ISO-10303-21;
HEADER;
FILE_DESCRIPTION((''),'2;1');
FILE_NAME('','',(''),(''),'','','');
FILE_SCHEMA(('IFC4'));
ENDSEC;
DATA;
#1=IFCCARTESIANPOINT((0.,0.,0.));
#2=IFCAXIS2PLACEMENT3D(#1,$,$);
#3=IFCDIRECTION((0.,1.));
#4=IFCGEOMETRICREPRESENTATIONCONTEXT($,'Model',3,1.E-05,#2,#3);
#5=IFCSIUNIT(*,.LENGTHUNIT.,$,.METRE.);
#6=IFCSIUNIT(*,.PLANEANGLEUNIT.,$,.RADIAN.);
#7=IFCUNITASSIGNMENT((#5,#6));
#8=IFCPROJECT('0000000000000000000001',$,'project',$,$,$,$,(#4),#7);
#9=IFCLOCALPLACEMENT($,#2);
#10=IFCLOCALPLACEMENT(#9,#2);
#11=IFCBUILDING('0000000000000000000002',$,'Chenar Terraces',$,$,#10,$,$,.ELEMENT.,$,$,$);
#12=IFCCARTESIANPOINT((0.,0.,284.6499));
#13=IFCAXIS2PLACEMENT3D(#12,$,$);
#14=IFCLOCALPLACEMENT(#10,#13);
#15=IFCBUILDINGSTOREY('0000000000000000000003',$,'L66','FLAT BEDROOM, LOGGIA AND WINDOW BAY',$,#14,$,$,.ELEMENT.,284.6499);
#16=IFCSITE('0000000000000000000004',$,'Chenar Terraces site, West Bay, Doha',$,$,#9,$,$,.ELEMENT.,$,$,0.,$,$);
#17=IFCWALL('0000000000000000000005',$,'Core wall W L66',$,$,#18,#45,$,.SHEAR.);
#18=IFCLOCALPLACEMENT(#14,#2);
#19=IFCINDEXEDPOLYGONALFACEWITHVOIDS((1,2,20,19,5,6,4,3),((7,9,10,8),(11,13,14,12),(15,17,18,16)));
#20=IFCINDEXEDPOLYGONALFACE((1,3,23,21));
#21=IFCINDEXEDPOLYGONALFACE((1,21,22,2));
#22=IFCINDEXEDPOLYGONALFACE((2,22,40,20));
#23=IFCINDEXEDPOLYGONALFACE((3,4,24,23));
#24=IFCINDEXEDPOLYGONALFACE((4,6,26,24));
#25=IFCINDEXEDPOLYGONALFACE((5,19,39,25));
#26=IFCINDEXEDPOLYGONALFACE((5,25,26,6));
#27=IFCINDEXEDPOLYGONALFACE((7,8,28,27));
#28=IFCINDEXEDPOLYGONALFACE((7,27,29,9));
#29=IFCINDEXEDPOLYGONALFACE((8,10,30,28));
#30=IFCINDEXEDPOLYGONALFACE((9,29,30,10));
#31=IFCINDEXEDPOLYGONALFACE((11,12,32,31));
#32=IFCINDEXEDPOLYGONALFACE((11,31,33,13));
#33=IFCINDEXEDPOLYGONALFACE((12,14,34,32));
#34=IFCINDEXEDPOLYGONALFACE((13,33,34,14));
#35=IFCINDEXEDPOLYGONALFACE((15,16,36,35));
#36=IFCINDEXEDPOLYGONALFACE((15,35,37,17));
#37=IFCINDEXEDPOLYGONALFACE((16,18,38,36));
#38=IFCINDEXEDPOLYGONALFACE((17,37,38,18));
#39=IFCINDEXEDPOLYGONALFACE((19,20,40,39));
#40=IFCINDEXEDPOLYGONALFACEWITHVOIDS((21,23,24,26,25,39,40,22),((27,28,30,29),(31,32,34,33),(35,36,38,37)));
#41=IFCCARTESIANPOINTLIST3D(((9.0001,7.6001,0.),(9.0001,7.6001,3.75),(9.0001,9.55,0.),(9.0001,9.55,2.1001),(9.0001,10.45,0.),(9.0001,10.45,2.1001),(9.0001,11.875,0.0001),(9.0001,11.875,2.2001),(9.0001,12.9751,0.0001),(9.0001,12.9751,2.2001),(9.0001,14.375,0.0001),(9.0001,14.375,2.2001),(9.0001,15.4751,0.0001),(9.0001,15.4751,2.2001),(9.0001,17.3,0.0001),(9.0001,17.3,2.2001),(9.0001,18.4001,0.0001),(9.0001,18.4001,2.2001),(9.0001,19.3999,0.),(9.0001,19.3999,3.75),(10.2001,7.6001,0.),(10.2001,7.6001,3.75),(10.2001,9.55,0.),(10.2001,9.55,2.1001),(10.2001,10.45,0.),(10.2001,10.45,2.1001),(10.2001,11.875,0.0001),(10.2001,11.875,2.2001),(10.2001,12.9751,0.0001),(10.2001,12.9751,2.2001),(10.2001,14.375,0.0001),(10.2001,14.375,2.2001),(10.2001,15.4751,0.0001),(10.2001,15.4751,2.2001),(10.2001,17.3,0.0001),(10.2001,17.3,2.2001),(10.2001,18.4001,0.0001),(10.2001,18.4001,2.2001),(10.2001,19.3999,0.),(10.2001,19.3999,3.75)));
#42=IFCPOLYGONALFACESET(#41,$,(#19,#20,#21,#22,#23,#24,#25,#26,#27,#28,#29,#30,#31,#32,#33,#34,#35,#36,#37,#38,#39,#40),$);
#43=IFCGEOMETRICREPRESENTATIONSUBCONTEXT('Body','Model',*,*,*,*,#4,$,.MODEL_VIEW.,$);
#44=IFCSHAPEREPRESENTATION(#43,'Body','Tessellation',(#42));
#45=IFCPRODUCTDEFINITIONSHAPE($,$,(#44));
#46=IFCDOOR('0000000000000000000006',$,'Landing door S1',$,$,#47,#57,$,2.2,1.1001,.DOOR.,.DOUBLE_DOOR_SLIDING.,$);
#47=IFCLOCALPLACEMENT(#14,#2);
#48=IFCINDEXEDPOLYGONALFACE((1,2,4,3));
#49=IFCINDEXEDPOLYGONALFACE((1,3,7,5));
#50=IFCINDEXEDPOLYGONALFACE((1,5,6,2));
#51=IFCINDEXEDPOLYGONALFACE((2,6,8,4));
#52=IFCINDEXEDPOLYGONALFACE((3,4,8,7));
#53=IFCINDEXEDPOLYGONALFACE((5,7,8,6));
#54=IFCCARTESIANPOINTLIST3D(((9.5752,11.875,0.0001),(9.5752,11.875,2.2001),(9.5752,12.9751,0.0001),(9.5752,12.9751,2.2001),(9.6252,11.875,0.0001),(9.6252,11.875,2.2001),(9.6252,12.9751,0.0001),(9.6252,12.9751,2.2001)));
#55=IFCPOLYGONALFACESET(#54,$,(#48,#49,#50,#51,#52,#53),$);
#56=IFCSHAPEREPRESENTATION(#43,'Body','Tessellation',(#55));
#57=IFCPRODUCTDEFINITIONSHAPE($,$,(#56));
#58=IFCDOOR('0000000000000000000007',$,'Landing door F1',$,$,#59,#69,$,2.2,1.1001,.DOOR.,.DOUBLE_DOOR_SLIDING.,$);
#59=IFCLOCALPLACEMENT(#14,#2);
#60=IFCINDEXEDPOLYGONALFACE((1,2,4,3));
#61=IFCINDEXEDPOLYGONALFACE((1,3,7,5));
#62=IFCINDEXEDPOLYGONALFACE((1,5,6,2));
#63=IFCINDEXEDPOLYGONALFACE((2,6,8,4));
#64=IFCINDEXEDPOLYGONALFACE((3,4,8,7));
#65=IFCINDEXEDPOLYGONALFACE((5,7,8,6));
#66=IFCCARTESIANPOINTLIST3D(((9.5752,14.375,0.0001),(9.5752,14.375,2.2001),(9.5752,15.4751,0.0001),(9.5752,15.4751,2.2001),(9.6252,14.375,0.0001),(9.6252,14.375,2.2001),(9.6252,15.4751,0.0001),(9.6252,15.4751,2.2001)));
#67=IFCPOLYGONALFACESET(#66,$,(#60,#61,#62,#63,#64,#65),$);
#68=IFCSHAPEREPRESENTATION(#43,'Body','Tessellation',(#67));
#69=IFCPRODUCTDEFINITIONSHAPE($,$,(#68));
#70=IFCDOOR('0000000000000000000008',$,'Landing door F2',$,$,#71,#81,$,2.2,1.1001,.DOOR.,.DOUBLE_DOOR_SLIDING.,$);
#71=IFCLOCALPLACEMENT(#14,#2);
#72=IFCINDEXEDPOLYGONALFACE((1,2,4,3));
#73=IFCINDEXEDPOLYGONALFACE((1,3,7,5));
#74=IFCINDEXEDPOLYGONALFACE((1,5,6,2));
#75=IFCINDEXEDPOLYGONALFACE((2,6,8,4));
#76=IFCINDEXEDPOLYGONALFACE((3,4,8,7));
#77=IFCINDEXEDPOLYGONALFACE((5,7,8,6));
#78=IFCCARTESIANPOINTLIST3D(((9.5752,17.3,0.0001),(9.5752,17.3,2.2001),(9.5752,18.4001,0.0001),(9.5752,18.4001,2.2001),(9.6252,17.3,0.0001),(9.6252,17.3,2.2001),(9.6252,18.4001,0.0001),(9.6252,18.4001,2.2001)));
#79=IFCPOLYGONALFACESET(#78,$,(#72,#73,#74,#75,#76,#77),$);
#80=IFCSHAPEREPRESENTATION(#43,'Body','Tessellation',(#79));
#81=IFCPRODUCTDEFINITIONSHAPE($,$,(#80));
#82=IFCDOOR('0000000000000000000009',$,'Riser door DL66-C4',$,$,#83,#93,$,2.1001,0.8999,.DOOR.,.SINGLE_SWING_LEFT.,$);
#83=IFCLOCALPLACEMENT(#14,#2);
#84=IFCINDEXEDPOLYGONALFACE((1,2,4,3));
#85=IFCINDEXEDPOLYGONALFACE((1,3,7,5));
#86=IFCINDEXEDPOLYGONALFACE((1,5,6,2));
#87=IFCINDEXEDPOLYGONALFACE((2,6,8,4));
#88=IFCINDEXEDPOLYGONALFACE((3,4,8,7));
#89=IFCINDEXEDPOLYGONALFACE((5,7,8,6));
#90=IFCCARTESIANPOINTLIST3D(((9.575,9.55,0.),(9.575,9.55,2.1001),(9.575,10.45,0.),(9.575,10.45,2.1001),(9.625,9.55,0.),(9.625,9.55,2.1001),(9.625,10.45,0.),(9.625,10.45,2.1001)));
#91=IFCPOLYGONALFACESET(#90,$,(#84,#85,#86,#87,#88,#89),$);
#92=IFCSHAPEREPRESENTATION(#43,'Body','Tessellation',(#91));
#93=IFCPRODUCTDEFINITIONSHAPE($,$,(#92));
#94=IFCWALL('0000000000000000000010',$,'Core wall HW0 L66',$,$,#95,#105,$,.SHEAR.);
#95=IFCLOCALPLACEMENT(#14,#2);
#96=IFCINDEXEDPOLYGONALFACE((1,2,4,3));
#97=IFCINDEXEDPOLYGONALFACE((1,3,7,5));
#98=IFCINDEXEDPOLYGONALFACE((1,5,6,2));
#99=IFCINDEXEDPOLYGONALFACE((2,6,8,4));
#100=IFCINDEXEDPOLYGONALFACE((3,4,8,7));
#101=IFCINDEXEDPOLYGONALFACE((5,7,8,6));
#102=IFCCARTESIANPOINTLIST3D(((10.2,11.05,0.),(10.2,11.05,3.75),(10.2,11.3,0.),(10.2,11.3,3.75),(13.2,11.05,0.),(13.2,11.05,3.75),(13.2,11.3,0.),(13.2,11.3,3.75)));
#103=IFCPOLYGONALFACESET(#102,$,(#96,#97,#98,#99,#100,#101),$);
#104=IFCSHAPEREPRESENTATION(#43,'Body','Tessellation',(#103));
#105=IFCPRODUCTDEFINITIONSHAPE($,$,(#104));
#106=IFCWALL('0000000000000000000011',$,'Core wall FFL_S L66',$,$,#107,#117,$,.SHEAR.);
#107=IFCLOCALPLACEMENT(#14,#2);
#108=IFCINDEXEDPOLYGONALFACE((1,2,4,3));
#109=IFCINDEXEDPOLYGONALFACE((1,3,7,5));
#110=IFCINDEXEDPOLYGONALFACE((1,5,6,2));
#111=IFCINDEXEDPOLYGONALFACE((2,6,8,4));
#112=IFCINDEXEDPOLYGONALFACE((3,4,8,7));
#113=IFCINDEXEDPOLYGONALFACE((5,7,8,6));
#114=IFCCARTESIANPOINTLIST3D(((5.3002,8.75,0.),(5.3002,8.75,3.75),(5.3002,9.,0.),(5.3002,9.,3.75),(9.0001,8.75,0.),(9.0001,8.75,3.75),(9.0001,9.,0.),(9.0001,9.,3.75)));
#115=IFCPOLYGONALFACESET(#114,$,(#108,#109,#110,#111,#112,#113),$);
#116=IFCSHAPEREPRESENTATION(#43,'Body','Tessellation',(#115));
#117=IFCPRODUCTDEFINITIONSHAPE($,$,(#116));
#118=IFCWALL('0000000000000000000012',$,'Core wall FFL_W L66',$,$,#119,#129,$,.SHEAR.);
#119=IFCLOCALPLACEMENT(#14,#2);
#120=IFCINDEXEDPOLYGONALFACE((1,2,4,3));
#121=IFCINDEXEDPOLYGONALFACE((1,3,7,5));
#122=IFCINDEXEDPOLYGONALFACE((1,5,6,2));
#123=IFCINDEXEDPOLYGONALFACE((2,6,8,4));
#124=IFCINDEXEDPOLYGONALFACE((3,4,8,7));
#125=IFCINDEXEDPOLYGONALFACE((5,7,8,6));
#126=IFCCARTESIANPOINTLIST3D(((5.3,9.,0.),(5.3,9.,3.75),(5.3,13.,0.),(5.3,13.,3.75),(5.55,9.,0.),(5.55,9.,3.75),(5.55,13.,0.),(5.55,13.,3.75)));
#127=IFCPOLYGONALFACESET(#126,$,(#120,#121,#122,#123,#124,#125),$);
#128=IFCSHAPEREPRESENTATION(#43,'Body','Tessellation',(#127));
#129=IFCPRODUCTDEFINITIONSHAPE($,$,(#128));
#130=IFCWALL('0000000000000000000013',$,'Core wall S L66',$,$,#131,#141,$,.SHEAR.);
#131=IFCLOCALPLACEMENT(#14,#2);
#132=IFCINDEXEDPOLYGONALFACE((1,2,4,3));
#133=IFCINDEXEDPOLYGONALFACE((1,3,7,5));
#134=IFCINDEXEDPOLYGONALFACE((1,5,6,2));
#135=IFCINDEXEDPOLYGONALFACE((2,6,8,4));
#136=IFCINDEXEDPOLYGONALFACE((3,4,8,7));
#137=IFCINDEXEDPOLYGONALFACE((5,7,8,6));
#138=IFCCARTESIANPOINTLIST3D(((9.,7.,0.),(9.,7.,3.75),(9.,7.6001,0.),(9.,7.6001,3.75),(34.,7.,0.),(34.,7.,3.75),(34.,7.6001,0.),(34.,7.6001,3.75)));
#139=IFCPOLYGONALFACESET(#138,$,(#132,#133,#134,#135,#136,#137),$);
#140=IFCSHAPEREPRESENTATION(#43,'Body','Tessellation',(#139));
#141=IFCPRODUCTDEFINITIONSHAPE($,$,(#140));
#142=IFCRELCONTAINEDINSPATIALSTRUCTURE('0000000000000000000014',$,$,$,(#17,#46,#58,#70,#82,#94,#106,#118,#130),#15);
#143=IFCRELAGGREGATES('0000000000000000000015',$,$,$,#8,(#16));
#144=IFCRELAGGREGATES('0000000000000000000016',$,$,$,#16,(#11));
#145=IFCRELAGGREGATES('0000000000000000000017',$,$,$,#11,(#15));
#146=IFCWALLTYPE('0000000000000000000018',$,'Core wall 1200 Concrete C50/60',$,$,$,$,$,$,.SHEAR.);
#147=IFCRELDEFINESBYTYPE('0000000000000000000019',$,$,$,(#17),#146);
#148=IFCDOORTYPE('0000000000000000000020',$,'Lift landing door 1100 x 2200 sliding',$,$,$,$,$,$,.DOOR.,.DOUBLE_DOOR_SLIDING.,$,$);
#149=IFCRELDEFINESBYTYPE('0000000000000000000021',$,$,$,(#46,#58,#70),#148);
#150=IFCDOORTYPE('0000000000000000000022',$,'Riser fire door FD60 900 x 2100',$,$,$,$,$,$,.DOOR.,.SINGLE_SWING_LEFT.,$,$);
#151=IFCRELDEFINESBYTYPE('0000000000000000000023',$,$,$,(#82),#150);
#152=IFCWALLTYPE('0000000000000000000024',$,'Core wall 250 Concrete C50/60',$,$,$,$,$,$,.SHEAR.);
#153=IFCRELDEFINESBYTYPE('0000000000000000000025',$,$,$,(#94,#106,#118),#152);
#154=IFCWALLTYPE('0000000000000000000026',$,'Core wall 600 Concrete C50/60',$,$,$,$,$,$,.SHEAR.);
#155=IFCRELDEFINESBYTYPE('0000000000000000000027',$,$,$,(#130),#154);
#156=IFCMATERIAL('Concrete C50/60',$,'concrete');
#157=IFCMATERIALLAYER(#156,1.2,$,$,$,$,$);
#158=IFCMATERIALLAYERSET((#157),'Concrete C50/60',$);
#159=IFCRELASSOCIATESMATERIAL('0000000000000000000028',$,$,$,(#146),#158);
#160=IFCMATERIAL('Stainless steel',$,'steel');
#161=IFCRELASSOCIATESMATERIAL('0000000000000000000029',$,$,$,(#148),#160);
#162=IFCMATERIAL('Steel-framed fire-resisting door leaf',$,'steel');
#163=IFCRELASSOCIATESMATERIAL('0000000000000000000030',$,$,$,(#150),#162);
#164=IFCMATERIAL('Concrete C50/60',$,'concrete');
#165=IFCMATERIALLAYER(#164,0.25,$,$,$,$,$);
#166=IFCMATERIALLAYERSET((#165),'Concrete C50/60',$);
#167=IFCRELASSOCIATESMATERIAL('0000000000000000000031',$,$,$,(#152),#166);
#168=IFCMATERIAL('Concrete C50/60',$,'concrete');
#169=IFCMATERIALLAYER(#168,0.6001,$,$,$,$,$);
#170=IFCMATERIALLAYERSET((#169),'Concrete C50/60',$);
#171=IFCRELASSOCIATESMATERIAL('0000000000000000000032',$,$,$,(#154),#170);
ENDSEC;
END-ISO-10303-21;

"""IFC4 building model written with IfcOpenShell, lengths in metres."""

from ifc_helpers import new_model, si_unit, direction, frame, frame_2d, origin, place, context, subcontext, project, spatial, rectangle, extrude, material, layer, layer_set, type_object, element, fill, save


model = new_model("IFC4")

# Units and contexts
model_context = context("Model", 3, precision=1e-05, world=origin(), true_north=direction((0.0, 1.0)))
body_context = subcontext(model_context, "Body", "Model", "MODEL_VIEW")
ifc_project = project(units=[si_unit("LENGTHUNIT", "METRE"), si_unit("PLANEANGLEUNIT", "RADIAN")], contexts=[model_context])

# Site, building, storey
site_placement = place(None, origin())
site = spatial("IfcSite", under=ifc_project, at=site_placement, Name="Chenar Terraces site, West Bay, Doha", CompositionType="ELEMENT", RefElevation=0.0)
building_placement = place(site_placement, origin())
building = spatial("IfcBuilding", under=site, at=building_placement, Name="Chenar Terraces", CompositionType="ELEMENT")
storey_placement = place(building_placement, frame((0.0, 0.0, 284.6499)))
storey = spatial("IfcBuildingStorey", under=building, at=storey_placement, Name="L66", Description="FLAT BEDROOM, LOGGIA AND WINDOW BAY", CompositionType="ELEMENT", Elevation=284.6499)

# Wall, openings, doors
ifc_material_1 = material(Name="Concrete C50/60", Category="concrete")
ifc_layer_1 = layer(ifc_material_1, 1.2)
ifc_layer_set_1 = layer_set([ifc_layer_1], Name="Concrete C50/60")
wall_type_1 = type_object("IfcWallType", Name="Core wall 1200 Concrete C50/60", PredefinedType="SHEAR", material=ifc_layer_set_1)
wall_1_placement = place(storey_placement, frame((9.6001, 7.6001, 0.0), z_axis=(0.0, 0.0, 1.0), x_axis=(0.0, 1.0, 0.0)))
wall_1 = element("IfcWall", 1, at=wall_1_placement, inside=storey, type_object=wall_type_1, Name="Core wall W L66", PredefinedType="SHEAR", context=body_context, shape_type="SweptSolid", body=[
    extrude(rectangle(XDim=11.7998, YDim=1.2, at=frame_2d((5.8999, 0.0))), origin(), (0.0, 0.0, 1.0), 3.75),
])
opening_1_placement = place(wall_1_placement, frame((4.2749, 0.0, 0.0)))
opening_1 = element("IfcOpeningElement", 2, at=opening_1_placement, cuts=wall_1, PredefinedType="OPENING", context=body_context, shape_type="SweptSolid", body=[
    extrude(rectangle(XDim=1.1001, YDim=2.2, at=frame_2d((0.55, 1.1001))), frame((0.0, 0.6099, 0.0), z_axis=(0.0, -1.0, 0.0), x_axis=(1.0, 0.0, 0.0)), (0.0, 0.0, 1.0), 1.22),
])
opening_2_placement = place(wall_1_placement, frame((6.7749, 0.0, 0.0)))
opening_2 = element("IfcOpeningElement", 3, at=opening_2_placement, cuts=wall_1, PredefinedType="OPENING", context=body_context, shape_type="SweptSolid", body=[
    extrude(rectangle(XDim=1.1001, YDim=2.2, at=frame_2d((0.55, 1.1001))), frame((0.0, 0.6099, 0.0), z_axis=(0.0, -1.0, 0.0), x_axis=(1.0, 0.0, 0.0)), (0.0, 0.0, 1.0), 1.22),
])
opening_3_placement = place(wall_1_placement, frame((9.7, 0.0, 0.0)))
opening_3 = element("IfcOpeningElement", 4, at=opening_3_placement, cuts=wall_1, PredefinedType="OPENING", context=body_context, shape_type="SweptSolid", body=[
    extrude(rectangle(XDim=1.1001, YDim=2.2, at=frame_2d((0.55, 1.1001))), frame((0.0, 0.6099, 0.0), z_axis=(0.0, -1.0, 0.0), x_axis=(1.0, 0.0, 0.0)), (0.0, 0.0, 1.0), 1.22),
])
opening_4_placement = place(wall_1_placement, frame((1.95, 0.0, 0.0)))
opening_4 = element("IfcOpeningElement", 5, at=opening_4_placement, cuts=wall_1, PredefinedType="OPENING", context=body_context, shape_type="SweptSolid", body=[
    extrude(rectangle(XDim=0.8999, YDim=2.1001, at=frame_2d((0.45, 1.05))), frame((0.0, 0.6099, 0.0), z_axis=(0.0, -1.0, 0.0), x_axis=(1.0, 0.0, 0.0)), (0.0, 0.0, 1.0), 1.22),
])
ifc_material_2 = material(Name="Stainless steel", Category="steel")
door_type_1 = type_object("IfcDoorType", Name="Lift landing door 1100 x 2200 sliding", OperationType="DOUBLE_DOOR_SLIDING", PredefinedType="DOOR", material=ifc_material_2)
door_1_placement = place(opening_1_placement, origin())
door_1 = element("IfcDoor", 6, at=door_1_placement, inside=storey, type_object=door_type_1, Name="Landing door S1", OperationType="DOUBLE_DOOR_SLIDING", OverallHeight=2.2, OverallWidth=1.1001, PredefinedType="DOOR", context=body_context, shape_type="SweptSolid", body=[
    extrude(rectangle(XDim=1.1001, YDim=2.2, at=frame_2d((0.55, 1.1001))), frame((0.0, 0.0249, 0.0), z_axis=(0.0, -1.0, 0.0), x_axis=(1.0, 0.0, 0.0)), (0.0, 0.0, 1.0), 0.05),
])
fill(opening_1, door_1)
door_2_placement = place(opening_2_placement, origin())
door_2 = element("IfcDoor", 7, at=door_2_placement, inside=storey, type_object=door_type_1, Name="Landing door F1", OperationType="DOUBLE_DOOR_SLIDING", OverallHeight=2.2, OverallWidth=1.1001, PredefinedType="DOOR", context=body_context, shape_type="SweptSolid", body=[
    extrude(rectangle(XDim=1.1001, YDim=2.2, at=frame_2d((0.55, 1.1001))), frame((0.0, 0.0249, 0.0), z_axis=(0.0, -1.0, 0.0), x_axis=(1.0, 0.0, 0.0)), (0.0, 0.0, 1.0), 0.05),
])
fill(opening_2, door_2)
door_3_placement = place(opening_3_placement, origin())
door_3 = element("IfcDoor", 8, at=door_3_placement, inside=storey, type_object=door_type_1, Name="Landing door F2", OperationType="DOUBLE_DOOR_SLIDING", OverallHeight=2.2, OverallWidth=1.1001, PredefinedType="DOOR", context=body_context, shape_type="SweptSolid", body=[
    extrude(rectangle(XDim=1.1001, YDim=2.2, at=frame_2d((0.55, 1.1001))), frame((0.0, 0.0249, 0.0), z_axis=(0.0, -1.0, 0.0), x_axis=(1.0, 0.0, 0.0)), (0.0, 0.0, 1.0), 0.05),
])
fill(opening_3, door_3)
ifc_material_3 = material(Name="Steel-framed fire-resisting door leaf", Category="steel")
door_type_2 = type_object("IfcDoorType", Name="Riser fire door FD60 900 x 2100", OperationType="SINGLE_SWING_LEFT", PredefinedType="DOOR", material=ifc_material_3)
door_4_placement = place(opening_4_placement, frame((0.8999, 0.0, 0.0), z_axis=(0.0, 0.0, 1.0), x_axis=(-1.0, 0.0, 0.0)))
door_4 = element("IfcDoor", 9, at=door_4_placement, inside=storey, type_object=door_type_2, Name="Riser door DL66-C4", OperationType="SINGLE_SWING_LEFT", OverallHeight=2.1001, OverallWidth=0.8999, PredefinedType="DOOR", context=body_context, shape_type="SweptSolid", body=[
    extrude(rectangle(XDim=0.8999, YDim=2.1001, at=frame_2d((0.45, 1.05))), frame((0.0, 0.0249, 0.0), z_axis=(0.0, -1.0, 0.0), x_axis=(1.0, 0.0, 0.0)), (0.0, 0.0, 1.0), 0.05),
])
fill(opening_4, door_4)

# Walls
ifc_material_4 = material(Name="Concrete C50/60", Category="concrete")
ifc_layer_2 = layer(ifc_material_4, 0.25)
ifc_layer_set_2 = layer_set([ifc_layer_2], Name="Concrete C50/60")
wall_type_2 = type_object("IfcWallType", Name="Core wall 250 Concrete C50/60", PredefinedType="SHEAR", material=ifc_layer_set_2)
wall_2_placement = place(storey_placement, frame((10.2, 11.175, 0.0), z_axis=(0.0, 0.0, 1.0), x_axis=(1.0, 0.0, 0.0)))
element("IfcWall", 10, at=wall_2_placement, inside=storey, type_object=wall_type_2, Name="Core wall HW0 L66", PredefinedType="SHEAR", context=body_context, shape_type="SweptSolid", body=[
    extrude(rectangle(XDim=3.0, YDim=0.25, at=frame_2d((1.5, 0.0))), origin(), (0.0, 0.0, 1.0), 3.75),
])
wall_3_placement = place(storey_placement, frame((5.3, 8.875, 0.0), z_axis=(0.0, 0.0, 1.0), x_axis=(1.0, 0.0, 0.0)))
element("IfcWall", 11, at=wall_3_placement, inside=storey, type_object=wall_type_2, Name="Core wall FFL_S L66", PredefinedType="SHEAR", context=body_context, shape_type="SweptSolid", body=[
    extrude(rectangle(XDim=3.7, YDim=0.25, at=frame_2d((1.8501, 0.0))), origin(), (0.0, 0.0, 1.0), 3.75),
])
wall_4_placement = place(storey_placement, frame((5.425, 9.0, 0.0), z_axis=(0.0, 0.0, 1.0), x_axis=(0.0, 1.0, 0.0)))
element("IfcWall", 12, at=wall_4_placement, inside=storey, type_object=wall_type_2, Name="Core wall FFL_W L66", PredefinedType="SHEAR", context=body_context, shape_type="SweptSolid", body=[
    extrude(rectangle(XDim=4.0, YDim=0.25, at=frame_2d((2.0, 0.0))), origin(), (0.0, 0.0, 1.0), 3.75),
])
ifc_material_5 = material(Name="Concrete C50/60", Category="concrete")
ifc_layer_3 = layer(ifc_material_5, 0.6001)
ifc_layer_set_3 = layer_set([ifc_layer_3], Name="Concrete C50/60")
wall_type_3 = type_object("IfcWallType", Name="Core wall 600 Concrete C50/60", PredefinedType="SHEAR", material=ifc_layer_set_3)
wall_5_placement = place(storey_placement, frame((9.0, 7.3, 0.0), z_axis=(0.0, 0.0, 1.0), x_axis=(1.0, 0.0, 0.0)))
element("IfcWall", 13, at=wall_5_placement, inside=storey, type_object=wall_type_3, Name="Core wall S L66", PredefinedType="SHEAR", context=body_context, shape_type="SweptSolid", body=[
    extrude(rectangle(XDim=25.0, YDim=0.6001, at=frame_2d((12.5, 0.0))), origin(), (0.0, 0.0, 1.0), 3.75),
])

save(model, "model.ifc")
